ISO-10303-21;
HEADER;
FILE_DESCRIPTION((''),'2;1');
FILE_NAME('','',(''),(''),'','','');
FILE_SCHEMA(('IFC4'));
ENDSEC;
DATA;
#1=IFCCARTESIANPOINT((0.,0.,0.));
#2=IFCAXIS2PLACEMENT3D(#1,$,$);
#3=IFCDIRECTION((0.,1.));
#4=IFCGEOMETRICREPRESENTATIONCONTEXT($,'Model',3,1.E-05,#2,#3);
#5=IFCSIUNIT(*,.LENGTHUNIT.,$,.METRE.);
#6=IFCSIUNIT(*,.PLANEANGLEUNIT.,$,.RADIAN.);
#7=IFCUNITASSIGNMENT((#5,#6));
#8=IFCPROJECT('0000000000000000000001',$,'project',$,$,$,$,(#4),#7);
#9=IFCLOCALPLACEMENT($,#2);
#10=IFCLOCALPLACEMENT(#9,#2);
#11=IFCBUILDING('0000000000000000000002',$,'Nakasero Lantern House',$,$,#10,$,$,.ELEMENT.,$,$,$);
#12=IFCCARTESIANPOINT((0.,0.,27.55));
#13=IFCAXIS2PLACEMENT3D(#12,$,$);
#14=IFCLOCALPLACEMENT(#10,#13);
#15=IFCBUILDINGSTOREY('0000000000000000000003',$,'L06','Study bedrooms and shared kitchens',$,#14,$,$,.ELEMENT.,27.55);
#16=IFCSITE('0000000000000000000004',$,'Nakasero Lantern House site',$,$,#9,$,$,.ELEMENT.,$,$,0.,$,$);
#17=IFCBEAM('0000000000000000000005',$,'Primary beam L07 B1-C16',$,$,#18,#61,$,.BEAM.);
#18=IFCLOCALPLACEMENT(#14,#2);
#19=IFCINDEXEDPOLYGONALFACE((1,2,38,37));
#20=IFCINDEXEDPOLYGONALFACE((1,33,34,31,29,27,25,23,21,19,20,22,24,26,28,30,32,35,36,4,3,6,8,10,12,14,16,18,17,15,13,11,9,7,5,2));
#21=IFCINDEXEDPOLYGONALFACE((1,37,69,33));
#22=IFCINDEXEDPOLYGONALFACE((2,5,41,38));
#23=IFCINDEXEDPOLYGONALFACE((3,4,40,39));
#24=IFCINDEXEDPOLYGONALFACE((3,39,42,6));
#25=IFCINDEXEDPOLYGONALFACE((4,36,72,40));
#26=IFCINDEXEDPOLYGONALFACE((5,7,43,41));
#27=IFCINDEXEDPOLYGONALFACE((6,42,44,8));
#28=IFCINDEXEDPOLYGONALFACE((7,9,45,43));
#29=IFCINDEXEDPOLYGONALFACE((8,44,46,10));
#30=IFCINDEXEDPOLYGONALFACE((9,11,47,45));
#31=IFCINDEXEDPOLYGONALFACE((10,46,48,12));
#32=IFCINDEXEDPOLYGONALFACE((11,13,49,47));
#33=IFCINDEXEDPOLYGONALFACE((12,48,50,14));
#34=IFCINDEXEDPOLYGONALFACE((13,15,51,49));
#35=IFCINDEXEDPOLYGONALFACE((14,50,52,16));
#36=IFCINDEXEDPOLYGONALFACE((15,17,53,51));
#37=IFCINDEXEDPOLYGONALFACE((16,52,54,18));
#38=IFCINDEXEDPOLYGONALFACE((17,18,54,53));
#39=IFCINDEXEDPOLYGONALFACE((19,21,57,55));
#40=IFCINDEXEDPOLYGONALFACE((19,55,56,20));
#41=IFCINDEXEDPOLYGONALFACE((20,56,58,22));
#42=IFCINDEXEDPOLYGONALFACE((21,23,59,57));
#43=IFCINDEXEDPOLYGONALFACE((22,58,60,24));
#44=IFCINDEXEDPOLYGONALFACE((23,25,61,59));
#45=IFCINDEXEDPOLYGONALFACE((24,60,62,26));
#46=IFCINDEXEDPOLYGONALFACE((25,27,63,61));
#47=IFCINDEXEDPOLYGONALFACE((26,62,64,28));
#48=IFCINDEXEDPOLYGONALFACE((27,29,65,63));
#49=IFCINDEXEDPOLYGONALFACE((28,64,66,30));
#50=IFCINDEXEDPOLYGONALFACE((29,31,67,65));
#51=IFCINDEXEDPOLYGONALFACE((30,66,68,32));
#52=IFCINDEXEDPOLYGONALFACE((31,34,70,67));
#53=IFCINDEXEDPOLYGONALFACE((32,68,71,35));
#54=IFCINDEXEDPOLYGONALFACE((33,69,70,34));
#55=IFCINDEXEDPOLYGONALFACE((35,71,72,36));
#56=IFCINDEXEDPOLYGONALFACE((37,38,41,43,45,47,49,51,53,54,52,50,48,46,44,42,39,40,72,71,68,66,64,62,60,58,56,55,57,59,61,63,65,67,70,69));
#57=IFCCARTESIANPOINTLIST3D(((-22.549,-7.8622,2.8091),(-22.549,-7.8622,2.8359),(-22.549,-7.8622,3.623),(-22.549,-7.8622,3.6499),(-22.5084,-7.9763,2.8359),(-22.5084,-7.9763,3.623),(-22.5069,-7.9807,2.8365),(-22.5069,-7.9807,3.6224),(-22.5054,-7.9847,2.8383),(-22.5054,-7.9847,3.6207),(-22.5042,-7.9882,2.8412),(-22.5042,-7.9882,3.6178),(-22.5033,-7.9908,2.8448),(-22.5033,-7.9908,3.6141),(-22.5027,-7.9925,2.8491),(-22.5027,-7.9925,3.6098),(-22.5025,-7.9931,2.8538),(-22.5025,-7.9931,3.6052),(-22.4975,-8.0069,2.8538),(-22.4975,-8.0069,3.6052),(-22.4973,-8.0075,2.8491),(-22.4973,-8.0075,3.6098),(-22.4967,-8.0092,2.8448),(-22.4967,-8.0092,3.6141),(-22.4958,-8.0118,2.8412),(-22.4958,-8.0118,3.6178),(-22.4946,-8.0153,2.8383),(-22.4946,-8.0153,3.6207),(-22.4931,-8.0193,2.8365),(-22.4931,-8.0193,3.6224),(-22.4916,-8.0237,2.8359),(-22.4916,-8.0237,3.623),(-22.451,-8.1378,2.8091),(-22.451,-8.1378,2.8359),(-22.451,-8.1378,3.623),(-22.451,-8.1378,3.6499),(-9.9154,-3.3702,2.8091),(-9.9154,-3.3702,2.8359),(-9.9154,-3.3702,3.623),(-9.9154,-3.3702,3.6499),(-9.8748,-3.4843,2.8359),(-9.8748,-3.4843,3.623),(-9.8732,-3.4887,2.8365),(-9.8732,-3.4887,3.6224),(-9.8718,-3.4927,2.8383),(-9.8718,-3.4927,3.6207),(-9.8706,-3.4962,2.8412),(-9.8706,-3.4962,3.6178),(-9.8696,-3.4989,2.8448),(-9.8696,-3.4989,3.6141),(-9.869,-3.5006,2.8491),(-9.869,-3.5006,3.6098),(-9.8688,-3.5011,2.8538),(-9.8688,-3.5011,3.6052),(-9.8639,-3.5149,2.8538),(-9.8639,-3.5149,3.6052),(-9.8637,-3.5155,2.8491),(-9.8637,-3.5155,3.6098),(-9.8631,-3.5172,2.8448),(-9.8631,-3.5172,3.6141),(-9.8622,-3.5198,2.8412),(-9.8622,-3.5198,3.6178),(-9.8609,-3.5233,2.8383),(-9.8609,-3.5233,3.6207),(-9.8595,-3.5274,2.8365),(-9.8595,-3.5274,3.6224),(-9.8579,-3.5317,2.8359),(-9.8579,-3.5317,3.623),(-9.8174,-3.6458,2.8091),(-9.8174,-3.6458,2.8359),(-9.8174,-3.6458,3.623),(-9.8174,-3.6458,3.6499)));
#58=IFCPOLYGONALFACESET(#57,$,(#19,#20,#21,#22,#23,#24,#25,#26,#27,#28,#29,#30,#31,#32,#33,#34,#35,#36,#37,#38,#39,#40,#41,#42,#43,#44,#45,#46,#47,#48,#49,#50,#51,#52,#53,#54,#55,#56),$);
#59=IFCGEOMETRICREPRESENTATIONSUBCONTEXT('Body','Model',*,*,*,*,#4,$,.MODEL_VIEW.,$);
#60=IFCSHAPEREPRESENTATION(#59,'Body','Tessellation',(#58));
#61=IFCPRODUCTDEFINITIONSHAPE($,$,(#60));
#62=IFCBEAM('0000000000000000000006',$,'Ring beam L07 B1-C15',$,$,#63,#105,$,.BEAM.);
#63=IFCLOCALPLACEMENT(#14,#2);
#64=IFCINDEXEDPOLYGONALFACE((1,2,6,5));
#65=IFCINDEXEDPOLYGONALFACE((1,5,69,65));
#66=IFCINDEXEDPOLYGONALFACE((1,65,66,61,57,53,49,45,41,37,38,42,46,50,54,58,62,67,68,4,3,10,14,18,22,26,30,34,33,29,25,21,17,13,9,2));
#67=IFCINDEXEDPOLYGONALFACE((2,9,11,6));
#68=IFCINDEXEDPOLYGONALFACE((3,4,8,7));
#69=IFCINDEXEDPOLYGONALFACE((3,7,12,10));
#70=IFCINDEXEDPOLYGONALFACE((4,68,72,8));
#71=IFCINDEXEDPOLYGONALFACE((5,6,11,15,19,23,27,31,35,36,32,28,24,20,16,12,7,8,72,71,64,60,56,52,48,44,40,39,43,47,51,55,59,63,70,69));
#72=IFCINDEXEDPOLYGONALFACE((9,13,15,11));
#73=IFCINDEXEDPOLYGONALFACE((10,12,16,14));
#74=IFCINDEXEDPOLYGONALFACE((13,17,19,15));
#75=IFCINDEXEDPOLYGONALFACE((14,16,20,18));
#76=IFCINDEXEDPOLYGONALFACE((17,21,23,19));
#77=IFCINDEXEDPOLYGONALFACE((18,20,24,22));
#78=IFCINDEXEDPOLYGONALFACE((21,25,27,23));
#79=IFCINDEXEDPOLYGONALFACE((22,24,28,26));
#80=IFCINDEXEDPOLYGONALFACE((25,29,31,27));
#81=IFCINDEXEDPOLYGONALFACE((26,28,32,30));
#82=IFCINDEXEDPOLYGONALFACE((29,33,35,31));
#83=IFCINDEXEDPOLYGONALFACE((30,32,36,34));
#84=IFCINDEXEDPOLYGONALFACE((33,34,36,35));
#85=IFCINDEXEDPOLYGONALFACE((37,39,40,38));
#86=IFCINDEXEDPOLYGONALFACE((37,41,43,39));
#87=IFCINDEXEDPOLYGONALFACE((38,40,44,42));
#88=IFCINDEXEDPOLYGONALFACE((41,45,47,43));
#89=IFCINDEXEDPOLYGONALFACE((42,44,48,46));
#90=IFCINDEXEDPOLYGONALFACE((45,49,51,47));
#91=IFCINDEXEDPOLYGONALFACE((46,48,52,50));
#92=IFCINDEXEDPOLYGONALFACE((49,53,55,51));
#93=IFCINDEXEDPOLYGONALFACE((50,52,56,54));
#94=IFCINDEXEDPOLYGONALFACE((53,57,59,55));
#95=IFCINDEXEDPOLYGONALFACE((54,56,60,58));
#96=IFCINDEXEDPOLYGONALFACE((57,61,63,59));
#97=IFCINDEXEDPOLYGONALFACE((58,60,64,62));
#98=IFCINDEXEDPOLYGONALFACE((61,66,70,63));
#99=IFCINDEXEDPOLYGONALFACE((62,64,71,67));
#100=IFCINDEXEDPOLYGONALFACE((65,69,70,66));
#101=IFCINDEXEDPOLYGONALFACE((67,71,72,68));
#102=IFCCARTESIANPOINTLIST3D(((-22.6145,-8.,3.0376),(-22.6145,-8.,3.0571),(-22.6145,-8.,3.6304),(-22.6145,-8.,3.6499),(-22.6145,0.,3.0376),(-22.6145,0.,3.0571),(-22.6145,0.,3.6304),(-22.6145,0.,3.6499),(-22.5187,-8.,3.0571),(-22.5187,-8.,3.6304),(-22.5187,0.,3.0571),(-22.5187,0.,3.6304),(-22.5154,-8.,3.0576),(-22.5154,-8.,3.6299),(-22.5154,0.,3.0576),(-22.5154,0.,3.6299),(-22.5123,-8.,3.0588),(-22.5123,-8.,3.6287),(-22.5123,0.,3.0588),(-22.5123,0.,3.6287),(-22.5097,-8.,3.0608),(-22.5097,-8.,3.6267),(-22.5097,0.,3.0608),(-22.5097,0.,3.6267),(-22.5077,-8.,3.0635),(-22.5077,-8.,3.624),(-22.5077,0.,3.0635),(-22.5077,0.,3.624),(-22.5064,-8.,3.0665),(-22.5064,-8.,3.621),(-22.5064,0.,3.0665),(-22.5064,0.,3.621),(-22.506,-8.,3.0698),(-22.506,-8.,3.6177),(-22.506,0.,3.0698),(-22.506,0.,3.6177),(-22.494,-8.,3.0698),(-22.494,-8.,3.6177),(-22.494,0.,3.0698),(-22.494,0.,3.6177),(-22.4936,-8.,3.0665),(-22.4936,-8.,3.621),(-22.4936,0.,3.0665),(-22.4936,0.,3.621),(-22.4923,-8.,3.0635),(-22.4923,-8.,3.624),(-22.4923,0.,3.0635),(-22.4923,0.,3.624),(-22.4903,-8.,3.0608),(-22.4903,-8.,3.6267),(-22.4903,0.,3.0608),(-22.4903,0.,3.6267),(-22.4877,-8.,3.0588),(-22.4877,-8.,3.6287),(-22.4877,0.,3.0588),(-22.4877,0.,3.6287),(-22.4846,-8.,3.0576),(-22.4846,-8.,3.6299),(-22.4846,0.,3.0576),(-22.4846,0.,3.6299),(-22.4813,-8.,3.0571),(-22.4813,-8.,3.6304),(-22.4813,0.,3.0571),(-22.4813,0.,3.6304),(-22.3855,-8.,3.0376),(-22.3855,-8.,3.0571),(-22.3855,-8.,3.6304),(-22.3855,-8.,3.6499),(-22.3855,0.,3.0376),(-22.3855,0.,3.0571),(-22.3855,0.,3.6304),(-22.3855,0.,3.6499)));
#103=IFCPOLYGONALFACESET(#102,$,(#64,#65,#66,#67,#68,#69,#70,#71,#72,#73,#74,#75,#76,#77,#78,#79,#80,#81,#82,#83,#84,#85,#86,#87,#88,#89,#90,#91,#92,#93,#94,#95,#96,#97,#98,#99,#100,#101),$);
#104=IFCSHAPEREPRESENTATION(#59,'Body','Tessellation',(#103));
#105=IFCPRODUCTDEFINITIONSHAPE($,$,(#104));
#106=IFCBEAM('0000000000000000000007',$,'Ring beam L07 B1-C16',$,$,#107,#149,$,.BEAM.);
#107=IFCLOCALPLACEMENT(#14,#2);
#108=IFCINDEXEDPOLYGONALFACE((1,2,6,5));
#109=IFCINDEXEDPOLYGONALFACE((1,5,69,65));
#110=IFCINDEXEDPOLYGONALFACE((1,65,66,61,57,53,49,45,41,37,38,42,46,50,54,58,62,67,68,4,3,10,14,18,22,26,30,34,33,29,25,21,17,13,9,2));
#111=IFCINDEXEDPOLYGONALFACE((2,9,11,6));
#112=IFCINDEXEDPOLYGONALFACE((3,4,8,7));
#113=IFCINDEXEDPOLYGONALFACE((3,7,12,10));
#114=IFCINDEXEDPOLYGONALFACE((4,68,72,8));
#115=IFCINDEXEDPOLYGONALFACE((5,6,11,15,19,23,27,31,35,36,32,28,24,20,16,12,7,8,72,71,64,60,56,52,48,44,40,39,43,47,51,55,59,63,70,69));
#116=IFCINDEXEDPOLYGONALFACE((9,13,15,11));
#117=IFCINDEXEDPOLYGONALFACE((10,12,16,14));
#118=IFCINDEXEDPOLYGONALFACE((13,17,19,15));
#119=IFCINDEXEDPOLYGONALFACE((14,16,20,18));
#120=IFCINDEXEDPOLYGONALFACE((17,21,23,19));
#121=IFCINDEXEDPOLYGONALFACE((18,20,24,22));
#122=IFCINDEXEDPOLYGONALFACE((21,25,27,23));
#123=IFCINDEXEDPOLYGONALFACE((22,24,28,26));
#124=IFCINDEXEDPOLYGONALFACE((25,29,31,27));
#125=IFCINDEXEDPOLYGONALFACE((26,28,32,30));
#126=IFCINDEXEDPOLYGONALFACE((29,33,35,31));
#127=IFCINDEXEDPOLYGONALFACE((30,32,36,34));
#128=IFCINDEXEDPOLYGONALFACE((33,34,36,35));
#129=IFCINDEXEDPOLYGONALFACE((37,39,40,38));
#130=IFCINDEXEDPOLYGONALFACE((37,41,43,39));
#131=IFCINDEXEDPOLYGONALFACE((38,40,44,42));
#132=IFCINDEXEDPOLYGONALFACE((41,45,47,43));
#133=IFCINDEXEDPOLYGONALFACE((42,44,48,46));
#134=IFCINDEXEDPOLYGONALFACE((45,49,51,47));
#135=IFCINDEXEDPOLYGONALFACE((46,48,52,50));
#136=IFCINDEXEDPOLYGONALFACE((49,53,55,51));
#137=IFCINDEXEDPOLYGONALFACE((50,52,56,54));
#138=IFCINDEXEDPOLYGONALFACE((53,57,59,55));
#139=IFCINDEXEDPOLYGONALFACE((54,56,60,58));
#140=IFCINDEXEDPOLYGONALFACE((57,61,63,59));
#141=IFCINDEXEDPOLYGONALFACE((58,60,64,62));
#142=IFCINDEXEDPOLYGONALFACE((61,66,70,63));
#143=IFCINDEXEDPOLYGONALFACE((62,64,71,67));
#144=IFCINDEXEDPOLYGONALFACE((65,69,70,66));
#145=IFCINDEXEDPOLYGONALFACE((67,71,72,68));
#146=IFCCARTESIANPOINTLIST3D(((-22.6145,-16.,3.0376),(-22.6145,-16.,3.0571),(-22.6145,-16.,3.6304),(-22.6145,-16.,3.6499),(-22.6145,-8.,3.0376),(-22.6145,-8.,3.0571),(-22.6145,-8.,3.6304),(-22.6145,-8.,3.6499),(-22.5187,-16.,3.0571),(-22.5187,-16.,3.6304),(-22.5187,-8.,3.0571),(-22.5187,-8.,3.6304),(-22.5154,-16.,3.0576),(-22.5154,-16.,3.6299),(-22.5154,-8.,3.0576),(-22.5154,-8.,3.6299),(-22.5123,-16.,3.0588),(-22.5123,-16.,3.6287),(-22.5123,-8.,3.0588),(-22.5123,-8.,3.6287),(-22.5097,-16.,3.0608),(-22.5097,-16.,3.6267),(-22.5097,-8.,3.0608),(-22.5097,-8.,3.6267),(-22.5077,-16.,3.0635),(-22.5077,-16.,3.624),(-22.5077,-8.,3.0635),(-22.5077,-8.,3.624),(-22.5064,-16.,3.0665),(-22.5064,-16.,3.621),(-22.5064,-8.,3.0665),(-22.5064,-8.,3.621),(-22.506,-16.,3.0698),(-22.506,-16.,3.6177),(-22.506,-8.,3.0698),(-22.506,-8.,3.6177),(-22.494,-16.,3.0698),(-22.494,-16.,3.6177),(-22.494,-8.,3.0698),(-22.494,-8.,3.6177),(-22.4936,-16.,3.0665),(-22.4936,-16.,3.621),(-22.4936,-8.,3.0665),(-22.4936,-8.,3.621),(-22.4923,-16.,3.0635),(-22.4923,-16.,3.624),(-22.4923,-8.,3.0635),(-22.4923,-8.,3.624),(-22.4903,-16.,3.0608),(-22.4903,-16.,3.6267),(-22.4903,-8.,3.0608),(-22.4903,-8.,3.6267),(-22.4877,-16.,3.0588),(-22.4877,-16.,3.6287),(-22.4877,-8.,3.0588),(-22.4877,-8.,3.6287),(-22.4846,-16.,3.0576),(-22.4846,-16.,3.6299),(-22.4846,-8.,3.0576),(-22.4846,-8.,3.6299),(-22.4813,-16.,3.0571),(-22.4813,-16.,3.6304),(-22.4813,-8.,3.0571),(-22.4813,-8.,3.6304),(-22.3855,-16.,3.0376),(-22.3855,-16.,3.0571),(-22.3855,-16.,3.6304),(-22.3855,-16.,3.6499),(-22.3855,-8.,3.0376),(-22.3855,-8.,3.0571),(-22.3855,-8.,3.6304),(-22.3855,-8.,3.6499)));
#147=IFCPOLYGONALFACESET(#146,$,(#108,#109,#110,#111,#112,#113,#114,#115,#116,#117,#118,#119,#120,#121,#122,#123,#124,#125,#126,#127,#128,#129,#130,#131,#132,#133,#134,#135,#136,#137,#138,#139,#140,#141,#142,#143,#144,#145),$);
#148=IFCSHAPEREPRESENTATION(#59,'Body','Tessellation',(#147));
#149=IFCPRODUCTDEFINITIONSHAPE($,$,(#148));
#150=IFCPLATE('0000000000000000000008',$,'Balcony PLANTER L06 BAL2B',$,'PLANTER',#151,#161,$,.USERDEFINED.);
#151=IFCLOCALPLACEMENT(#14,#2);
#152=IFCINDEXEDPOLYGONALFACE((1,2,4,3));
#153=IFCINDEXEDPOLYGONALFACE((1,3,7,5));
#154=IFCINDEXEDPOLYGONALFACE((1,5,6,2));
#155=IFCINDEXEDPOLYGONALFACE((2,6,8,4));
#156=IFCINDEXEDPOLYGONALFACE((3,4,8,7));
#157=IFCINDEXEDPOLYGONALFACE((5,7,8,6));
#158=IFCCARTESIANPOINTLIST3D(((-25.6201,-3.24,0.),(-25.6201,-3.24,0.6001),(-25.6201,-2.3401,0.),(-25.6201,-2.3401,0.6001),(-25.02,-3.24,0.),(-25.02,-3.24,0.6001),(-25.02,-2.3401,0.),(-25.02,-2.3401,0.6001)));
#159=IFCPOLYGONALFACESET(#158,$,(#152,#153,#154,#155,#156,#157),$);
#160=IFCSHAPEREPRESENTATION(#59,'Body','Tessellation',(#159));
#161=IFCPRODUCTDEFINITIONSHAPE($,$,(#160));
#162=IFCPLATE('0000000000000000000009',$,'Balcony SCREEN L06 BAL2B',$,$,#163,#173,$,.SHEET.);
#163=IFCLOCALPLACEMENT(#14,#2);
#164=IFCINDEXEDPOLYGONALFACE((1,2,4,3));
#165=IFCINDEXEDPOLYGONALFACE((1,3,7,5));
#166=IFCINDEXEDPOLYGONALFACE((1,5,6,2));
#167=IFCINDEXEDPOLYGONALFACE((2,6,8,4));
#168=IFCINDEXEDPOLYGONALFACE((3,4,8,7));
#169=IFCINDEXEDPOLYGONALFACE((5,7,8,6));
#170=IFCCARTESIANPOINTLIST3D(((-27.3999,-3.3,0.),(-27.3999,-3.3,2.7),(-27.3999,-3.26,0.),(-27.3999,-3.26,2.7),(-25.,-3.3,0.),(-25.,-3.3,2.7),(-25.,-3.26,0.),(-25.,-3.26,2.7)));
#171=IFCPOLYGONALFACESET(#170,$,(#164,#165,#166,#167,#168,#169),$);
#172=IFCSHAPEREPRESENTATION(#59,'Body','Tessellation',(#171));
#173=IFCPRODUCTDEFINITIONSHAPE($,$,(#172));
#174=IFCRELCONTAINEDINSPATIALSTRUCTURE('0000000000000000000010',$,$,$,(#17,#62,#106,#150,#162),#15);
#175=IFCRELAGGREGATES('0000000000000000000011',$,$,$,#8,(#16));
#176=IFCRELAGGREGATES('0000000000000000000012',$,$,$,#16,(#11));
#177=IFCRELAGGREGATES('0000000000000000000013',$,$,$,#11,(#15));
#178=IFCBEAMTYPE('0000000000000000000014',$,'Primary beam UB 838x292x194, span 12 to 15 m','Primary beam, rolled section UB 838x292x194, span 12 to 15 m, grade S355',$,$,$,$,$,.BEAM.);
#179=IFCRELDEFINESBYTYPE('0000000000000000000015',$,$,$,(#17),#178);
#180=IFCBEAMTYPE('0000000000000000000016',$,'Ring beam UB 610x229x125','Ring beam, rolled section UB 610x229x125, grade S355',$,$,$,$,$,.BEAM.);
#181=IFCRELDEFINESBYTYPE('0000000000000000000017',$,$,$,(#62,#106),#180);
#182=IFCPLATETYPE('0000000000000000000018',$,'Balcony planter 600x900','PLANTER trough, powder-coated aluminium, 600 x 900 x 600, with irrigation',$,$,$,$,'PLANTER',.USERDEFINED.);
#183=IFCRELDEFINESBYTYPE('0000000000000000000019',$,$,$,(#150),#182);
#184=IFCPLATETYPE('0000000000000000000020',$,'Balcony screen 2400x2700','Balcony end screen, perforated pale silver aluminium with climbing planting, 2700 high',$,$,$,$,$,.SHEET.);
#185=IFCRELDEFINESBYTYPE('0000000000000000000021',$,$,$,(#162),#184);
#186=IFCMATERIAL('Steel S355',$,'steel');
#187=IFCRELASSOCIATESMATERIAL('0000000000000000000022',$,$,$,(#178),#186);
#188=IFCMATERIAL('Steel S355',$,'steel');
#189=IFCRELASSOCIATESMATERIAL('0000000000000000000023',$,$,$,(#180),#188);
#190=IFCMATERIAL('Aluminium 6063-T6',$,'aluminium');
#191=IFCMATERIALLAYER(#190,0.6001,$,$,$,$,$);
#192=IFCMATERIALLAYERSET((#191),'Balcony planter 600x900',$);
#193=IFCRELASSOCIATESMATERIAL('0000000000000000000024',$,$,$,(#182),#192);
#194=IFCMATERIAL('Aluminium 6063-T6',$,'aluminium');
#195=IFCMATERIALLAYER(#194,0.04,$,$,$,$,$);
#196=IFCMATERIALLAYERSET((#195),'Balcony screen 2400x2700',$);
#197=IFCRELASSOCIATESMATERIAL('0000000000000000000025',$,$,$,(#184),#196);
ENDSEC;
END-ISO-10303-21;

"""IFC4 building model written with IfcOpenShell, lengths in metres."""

from ifc_helpers import new_model, si_unit, direction, frame, origin, origin_2d, place, context, subcontext, project, spatial, rectangle, i_section, extrude, material, layer, layer_set, material_profile, profile_set, type_object, element, save


model = new_model("IFC4")

# Units and contexts
model_context = context("Model", 3, precision=1e-05, world=origin(), true_north=direction((0.0, 1.0)))
body_context = subcontext(model_context, "Body", "Model", "MODEL_VIEW")
ifc_project = project(units=[si_unit("LENGTHUNIT", "METRE"), si_unit("PLANEANGLEUNIT", "RADIAN")], contexts=[model_context])

# Site, building, storey
site_placement = place(None, origin())
site = spatial("IfcSite", under=ifc_project, at=site_placement, Name="Nakasero Lantern House site", CompositionType="ELEMENT", RefElevation=0.0)
building_placement = place(site_placement, origin())
building = spatial("IfcBuilding", under=site, at=building_placement, Name="Nakasero Lantern House", CompositionType="ELEMENT")
storey_placement = place(building_placement, frame((0.0, 0.0, 27.55)))
storey = spatial("IfcBuildingStorey", under=building, at=storey_placement, Name="L06", Description="Study bedrooms and shared kitchens", CompositionType="ELEMENT", Elevation=27.55)

# Beams
ifc_material_1 = material(Name="Steel S355", Category="steel")
ifc_material_profile_1 = material_profile(ifc_material_1, i_section(OverallWidth=0.2925, OverallDepth=0.8408, WebThickness=0.0146, FlangeThickness=0.0269, FilletRadius=0.0178, at=origin_2d()), Name="UB 838x292x194")
ifc_profile_set_1 = profile_set([ifc_material_profile_1], Name="Steel S355")
beam_type_1 = type_object("IfcBeamType", Name="Primary beam UB 838x292x194, span 12 to 15 m", Description="Primary beam, rolled section UB 838x292x194, span 12 to 15 m, grade S355", PredefinedType="BEAM", material=ifc_profile_set_1)
beam_1_placement = place(storey_placement, frame((-22.5, -8.0, 3.2295), z_axis=(0.942214, 0.335011, 0.0), x_axis=(-0.335011, 0.942214, 0.0)))
element("IfcBeam", 1, at=beam_1_placement, inside=storey, type_object=beam_type_1, Name="Primary beam L07 B1-C16", PredefinedType="BEAM", context=body_context, shape_type="SweptSolid", body=[
    extrude(i_section(OverallWidth=0.2925, OverallDepth=0.8408, WebThickness=0.0146, FlangeThickness=0.0269, FilletRadius=0.0178, at=origin_2d()), origin(), (0.0, 0.0, 1.0), 13.4084),
])
ifc_material_2 = material(Name="Steel S355", Category="steel")
ifc_material_profile_2 = material_profile(ifc_material_2, i_section(OverallWidth=0.229, OverallDepth=0.6123, WebThickness=0.012, FlangeThickness=0.0195, FilletRadius=0.0127, at=origin_2d()), Name="UB 610x229x125")
ifc_profile_set_2 = profile_set([ifc_material_profile_2], Name="Steel S355")
beam_type_2 = type_object("IfcBeamType", Name="Ring beam UB 610x229x125", Description="Ring beam, rolled section UB 610x229x125, grade S355", PredefinedType="BEAM", material=ifc_profile_set_2)
for number, where, z_axis, x_axis, name in (
    (2, (-22.5, 0.0, 3.3438), (0.0, -1.0, 0.0), (1.0, 0.0, 0.0), "Ring beam L07 B1-C15"),
    (3, (-22.5, -8.0, 3.3438), (0.0, -1.0, 0.0), (1.0, 0.0, 0.0), "Ring beam L07 B1-C16"),
):
    element("IfcBeam", number, at=place(storey_placement, frame(where, z_axis=z_axis, x_axis=x_axis)), inside=storey, type_object=beam_type_2, Name=name, PredefinedType="BEAM", context=body_context, shape_type="SweptSolid", body=[
        extrude(i_section(OverallWidth=0.229, OverallDepth=0.6123, WebThickness=0.012, FlangeThickness=0.0195, FilletRadius=0.0127, at=origin_2d()), origin(), (0.0, 0.0, 1.0), 8.0),
    ])

# Plates
ifc_material_3 = material(Name="Aluminium 6063-T6", Category="aluminium")
ifc_layer_1 = layer(ifc_material_3, 0.6001)
ifc_layer_set_1 = layer_set([ifc_layer_1], Name="Balcony planter 600x900")
plate_type_1 = type_object("IfcPlateType", Name="Balcony planter 600x900", Description="PLANTER trough, powder-coated aluminium, 600 x 900 x 600, with irrigation", ElementType="PLANTER", PredefinedType="USERDEFINED", material=ifc_layer_set_1)
plate_1_placement = place(storey_placement, frame((-25.3201, -2.79, 0.0), z_axis=(0.0, 0.0, 1.0), x_axis=(-1.0, 0.0, 0.0)))
element("IfcPlate", 4, at=plate_1_placement, inside=storey, type_object=plate_type_1, Name="Balcony PLANTER L06 BAL2B", ObjectType="PLANTER", PredefinedType="USERDEFINED", context=body_context, shape_type="SweptSolid", body=[
    extrude(rectangle(XDim=0.6001, YDim=0.8999, at=origin_2d()), origin(), (0.0, 0.0, 1.0), 0.6001),
])
ifc_material_4 = material(Name="Aluminium 6063-T6", Category="aluminium")
ifc_layer_2 = layer(ifc_material_4, 0.04)
ifc_layer_set_2 = layer_set([ifc_layer_2], Name="Balcony screen 2400x2700")
plate_type_2 = type_object("IfcPlateType", Name="Balcony screen 2400x2700", Description="Balcony end screen, perforated pale silver aluminium with climbing planting, 2700 high", PredefinedType="SHEET", material=ifc_layer_set_2)
plate_2_placement = place(storey_placement, frame((-26.2, -3.28, 0.0), z_axis=(0.0, 0.0, 1.0), x_axis=(-1.0, 0.0, 0.0)))
element("IfcPlate", 5, at=plate_2_placement, inside=storey, type_object=plate_type_2, Name="Balcony SCREEN L06 BAL2B", PredefinedType="SHEET", context=body_context, shape_type="SweptSolid", body=[
    extrude(rectangle(XDim=2.3999, YDim=0.04, at=origin_2d()), origin(), (0.0, 0.0, 1.0), 2.7),
])

save(model, "model.ifc")
